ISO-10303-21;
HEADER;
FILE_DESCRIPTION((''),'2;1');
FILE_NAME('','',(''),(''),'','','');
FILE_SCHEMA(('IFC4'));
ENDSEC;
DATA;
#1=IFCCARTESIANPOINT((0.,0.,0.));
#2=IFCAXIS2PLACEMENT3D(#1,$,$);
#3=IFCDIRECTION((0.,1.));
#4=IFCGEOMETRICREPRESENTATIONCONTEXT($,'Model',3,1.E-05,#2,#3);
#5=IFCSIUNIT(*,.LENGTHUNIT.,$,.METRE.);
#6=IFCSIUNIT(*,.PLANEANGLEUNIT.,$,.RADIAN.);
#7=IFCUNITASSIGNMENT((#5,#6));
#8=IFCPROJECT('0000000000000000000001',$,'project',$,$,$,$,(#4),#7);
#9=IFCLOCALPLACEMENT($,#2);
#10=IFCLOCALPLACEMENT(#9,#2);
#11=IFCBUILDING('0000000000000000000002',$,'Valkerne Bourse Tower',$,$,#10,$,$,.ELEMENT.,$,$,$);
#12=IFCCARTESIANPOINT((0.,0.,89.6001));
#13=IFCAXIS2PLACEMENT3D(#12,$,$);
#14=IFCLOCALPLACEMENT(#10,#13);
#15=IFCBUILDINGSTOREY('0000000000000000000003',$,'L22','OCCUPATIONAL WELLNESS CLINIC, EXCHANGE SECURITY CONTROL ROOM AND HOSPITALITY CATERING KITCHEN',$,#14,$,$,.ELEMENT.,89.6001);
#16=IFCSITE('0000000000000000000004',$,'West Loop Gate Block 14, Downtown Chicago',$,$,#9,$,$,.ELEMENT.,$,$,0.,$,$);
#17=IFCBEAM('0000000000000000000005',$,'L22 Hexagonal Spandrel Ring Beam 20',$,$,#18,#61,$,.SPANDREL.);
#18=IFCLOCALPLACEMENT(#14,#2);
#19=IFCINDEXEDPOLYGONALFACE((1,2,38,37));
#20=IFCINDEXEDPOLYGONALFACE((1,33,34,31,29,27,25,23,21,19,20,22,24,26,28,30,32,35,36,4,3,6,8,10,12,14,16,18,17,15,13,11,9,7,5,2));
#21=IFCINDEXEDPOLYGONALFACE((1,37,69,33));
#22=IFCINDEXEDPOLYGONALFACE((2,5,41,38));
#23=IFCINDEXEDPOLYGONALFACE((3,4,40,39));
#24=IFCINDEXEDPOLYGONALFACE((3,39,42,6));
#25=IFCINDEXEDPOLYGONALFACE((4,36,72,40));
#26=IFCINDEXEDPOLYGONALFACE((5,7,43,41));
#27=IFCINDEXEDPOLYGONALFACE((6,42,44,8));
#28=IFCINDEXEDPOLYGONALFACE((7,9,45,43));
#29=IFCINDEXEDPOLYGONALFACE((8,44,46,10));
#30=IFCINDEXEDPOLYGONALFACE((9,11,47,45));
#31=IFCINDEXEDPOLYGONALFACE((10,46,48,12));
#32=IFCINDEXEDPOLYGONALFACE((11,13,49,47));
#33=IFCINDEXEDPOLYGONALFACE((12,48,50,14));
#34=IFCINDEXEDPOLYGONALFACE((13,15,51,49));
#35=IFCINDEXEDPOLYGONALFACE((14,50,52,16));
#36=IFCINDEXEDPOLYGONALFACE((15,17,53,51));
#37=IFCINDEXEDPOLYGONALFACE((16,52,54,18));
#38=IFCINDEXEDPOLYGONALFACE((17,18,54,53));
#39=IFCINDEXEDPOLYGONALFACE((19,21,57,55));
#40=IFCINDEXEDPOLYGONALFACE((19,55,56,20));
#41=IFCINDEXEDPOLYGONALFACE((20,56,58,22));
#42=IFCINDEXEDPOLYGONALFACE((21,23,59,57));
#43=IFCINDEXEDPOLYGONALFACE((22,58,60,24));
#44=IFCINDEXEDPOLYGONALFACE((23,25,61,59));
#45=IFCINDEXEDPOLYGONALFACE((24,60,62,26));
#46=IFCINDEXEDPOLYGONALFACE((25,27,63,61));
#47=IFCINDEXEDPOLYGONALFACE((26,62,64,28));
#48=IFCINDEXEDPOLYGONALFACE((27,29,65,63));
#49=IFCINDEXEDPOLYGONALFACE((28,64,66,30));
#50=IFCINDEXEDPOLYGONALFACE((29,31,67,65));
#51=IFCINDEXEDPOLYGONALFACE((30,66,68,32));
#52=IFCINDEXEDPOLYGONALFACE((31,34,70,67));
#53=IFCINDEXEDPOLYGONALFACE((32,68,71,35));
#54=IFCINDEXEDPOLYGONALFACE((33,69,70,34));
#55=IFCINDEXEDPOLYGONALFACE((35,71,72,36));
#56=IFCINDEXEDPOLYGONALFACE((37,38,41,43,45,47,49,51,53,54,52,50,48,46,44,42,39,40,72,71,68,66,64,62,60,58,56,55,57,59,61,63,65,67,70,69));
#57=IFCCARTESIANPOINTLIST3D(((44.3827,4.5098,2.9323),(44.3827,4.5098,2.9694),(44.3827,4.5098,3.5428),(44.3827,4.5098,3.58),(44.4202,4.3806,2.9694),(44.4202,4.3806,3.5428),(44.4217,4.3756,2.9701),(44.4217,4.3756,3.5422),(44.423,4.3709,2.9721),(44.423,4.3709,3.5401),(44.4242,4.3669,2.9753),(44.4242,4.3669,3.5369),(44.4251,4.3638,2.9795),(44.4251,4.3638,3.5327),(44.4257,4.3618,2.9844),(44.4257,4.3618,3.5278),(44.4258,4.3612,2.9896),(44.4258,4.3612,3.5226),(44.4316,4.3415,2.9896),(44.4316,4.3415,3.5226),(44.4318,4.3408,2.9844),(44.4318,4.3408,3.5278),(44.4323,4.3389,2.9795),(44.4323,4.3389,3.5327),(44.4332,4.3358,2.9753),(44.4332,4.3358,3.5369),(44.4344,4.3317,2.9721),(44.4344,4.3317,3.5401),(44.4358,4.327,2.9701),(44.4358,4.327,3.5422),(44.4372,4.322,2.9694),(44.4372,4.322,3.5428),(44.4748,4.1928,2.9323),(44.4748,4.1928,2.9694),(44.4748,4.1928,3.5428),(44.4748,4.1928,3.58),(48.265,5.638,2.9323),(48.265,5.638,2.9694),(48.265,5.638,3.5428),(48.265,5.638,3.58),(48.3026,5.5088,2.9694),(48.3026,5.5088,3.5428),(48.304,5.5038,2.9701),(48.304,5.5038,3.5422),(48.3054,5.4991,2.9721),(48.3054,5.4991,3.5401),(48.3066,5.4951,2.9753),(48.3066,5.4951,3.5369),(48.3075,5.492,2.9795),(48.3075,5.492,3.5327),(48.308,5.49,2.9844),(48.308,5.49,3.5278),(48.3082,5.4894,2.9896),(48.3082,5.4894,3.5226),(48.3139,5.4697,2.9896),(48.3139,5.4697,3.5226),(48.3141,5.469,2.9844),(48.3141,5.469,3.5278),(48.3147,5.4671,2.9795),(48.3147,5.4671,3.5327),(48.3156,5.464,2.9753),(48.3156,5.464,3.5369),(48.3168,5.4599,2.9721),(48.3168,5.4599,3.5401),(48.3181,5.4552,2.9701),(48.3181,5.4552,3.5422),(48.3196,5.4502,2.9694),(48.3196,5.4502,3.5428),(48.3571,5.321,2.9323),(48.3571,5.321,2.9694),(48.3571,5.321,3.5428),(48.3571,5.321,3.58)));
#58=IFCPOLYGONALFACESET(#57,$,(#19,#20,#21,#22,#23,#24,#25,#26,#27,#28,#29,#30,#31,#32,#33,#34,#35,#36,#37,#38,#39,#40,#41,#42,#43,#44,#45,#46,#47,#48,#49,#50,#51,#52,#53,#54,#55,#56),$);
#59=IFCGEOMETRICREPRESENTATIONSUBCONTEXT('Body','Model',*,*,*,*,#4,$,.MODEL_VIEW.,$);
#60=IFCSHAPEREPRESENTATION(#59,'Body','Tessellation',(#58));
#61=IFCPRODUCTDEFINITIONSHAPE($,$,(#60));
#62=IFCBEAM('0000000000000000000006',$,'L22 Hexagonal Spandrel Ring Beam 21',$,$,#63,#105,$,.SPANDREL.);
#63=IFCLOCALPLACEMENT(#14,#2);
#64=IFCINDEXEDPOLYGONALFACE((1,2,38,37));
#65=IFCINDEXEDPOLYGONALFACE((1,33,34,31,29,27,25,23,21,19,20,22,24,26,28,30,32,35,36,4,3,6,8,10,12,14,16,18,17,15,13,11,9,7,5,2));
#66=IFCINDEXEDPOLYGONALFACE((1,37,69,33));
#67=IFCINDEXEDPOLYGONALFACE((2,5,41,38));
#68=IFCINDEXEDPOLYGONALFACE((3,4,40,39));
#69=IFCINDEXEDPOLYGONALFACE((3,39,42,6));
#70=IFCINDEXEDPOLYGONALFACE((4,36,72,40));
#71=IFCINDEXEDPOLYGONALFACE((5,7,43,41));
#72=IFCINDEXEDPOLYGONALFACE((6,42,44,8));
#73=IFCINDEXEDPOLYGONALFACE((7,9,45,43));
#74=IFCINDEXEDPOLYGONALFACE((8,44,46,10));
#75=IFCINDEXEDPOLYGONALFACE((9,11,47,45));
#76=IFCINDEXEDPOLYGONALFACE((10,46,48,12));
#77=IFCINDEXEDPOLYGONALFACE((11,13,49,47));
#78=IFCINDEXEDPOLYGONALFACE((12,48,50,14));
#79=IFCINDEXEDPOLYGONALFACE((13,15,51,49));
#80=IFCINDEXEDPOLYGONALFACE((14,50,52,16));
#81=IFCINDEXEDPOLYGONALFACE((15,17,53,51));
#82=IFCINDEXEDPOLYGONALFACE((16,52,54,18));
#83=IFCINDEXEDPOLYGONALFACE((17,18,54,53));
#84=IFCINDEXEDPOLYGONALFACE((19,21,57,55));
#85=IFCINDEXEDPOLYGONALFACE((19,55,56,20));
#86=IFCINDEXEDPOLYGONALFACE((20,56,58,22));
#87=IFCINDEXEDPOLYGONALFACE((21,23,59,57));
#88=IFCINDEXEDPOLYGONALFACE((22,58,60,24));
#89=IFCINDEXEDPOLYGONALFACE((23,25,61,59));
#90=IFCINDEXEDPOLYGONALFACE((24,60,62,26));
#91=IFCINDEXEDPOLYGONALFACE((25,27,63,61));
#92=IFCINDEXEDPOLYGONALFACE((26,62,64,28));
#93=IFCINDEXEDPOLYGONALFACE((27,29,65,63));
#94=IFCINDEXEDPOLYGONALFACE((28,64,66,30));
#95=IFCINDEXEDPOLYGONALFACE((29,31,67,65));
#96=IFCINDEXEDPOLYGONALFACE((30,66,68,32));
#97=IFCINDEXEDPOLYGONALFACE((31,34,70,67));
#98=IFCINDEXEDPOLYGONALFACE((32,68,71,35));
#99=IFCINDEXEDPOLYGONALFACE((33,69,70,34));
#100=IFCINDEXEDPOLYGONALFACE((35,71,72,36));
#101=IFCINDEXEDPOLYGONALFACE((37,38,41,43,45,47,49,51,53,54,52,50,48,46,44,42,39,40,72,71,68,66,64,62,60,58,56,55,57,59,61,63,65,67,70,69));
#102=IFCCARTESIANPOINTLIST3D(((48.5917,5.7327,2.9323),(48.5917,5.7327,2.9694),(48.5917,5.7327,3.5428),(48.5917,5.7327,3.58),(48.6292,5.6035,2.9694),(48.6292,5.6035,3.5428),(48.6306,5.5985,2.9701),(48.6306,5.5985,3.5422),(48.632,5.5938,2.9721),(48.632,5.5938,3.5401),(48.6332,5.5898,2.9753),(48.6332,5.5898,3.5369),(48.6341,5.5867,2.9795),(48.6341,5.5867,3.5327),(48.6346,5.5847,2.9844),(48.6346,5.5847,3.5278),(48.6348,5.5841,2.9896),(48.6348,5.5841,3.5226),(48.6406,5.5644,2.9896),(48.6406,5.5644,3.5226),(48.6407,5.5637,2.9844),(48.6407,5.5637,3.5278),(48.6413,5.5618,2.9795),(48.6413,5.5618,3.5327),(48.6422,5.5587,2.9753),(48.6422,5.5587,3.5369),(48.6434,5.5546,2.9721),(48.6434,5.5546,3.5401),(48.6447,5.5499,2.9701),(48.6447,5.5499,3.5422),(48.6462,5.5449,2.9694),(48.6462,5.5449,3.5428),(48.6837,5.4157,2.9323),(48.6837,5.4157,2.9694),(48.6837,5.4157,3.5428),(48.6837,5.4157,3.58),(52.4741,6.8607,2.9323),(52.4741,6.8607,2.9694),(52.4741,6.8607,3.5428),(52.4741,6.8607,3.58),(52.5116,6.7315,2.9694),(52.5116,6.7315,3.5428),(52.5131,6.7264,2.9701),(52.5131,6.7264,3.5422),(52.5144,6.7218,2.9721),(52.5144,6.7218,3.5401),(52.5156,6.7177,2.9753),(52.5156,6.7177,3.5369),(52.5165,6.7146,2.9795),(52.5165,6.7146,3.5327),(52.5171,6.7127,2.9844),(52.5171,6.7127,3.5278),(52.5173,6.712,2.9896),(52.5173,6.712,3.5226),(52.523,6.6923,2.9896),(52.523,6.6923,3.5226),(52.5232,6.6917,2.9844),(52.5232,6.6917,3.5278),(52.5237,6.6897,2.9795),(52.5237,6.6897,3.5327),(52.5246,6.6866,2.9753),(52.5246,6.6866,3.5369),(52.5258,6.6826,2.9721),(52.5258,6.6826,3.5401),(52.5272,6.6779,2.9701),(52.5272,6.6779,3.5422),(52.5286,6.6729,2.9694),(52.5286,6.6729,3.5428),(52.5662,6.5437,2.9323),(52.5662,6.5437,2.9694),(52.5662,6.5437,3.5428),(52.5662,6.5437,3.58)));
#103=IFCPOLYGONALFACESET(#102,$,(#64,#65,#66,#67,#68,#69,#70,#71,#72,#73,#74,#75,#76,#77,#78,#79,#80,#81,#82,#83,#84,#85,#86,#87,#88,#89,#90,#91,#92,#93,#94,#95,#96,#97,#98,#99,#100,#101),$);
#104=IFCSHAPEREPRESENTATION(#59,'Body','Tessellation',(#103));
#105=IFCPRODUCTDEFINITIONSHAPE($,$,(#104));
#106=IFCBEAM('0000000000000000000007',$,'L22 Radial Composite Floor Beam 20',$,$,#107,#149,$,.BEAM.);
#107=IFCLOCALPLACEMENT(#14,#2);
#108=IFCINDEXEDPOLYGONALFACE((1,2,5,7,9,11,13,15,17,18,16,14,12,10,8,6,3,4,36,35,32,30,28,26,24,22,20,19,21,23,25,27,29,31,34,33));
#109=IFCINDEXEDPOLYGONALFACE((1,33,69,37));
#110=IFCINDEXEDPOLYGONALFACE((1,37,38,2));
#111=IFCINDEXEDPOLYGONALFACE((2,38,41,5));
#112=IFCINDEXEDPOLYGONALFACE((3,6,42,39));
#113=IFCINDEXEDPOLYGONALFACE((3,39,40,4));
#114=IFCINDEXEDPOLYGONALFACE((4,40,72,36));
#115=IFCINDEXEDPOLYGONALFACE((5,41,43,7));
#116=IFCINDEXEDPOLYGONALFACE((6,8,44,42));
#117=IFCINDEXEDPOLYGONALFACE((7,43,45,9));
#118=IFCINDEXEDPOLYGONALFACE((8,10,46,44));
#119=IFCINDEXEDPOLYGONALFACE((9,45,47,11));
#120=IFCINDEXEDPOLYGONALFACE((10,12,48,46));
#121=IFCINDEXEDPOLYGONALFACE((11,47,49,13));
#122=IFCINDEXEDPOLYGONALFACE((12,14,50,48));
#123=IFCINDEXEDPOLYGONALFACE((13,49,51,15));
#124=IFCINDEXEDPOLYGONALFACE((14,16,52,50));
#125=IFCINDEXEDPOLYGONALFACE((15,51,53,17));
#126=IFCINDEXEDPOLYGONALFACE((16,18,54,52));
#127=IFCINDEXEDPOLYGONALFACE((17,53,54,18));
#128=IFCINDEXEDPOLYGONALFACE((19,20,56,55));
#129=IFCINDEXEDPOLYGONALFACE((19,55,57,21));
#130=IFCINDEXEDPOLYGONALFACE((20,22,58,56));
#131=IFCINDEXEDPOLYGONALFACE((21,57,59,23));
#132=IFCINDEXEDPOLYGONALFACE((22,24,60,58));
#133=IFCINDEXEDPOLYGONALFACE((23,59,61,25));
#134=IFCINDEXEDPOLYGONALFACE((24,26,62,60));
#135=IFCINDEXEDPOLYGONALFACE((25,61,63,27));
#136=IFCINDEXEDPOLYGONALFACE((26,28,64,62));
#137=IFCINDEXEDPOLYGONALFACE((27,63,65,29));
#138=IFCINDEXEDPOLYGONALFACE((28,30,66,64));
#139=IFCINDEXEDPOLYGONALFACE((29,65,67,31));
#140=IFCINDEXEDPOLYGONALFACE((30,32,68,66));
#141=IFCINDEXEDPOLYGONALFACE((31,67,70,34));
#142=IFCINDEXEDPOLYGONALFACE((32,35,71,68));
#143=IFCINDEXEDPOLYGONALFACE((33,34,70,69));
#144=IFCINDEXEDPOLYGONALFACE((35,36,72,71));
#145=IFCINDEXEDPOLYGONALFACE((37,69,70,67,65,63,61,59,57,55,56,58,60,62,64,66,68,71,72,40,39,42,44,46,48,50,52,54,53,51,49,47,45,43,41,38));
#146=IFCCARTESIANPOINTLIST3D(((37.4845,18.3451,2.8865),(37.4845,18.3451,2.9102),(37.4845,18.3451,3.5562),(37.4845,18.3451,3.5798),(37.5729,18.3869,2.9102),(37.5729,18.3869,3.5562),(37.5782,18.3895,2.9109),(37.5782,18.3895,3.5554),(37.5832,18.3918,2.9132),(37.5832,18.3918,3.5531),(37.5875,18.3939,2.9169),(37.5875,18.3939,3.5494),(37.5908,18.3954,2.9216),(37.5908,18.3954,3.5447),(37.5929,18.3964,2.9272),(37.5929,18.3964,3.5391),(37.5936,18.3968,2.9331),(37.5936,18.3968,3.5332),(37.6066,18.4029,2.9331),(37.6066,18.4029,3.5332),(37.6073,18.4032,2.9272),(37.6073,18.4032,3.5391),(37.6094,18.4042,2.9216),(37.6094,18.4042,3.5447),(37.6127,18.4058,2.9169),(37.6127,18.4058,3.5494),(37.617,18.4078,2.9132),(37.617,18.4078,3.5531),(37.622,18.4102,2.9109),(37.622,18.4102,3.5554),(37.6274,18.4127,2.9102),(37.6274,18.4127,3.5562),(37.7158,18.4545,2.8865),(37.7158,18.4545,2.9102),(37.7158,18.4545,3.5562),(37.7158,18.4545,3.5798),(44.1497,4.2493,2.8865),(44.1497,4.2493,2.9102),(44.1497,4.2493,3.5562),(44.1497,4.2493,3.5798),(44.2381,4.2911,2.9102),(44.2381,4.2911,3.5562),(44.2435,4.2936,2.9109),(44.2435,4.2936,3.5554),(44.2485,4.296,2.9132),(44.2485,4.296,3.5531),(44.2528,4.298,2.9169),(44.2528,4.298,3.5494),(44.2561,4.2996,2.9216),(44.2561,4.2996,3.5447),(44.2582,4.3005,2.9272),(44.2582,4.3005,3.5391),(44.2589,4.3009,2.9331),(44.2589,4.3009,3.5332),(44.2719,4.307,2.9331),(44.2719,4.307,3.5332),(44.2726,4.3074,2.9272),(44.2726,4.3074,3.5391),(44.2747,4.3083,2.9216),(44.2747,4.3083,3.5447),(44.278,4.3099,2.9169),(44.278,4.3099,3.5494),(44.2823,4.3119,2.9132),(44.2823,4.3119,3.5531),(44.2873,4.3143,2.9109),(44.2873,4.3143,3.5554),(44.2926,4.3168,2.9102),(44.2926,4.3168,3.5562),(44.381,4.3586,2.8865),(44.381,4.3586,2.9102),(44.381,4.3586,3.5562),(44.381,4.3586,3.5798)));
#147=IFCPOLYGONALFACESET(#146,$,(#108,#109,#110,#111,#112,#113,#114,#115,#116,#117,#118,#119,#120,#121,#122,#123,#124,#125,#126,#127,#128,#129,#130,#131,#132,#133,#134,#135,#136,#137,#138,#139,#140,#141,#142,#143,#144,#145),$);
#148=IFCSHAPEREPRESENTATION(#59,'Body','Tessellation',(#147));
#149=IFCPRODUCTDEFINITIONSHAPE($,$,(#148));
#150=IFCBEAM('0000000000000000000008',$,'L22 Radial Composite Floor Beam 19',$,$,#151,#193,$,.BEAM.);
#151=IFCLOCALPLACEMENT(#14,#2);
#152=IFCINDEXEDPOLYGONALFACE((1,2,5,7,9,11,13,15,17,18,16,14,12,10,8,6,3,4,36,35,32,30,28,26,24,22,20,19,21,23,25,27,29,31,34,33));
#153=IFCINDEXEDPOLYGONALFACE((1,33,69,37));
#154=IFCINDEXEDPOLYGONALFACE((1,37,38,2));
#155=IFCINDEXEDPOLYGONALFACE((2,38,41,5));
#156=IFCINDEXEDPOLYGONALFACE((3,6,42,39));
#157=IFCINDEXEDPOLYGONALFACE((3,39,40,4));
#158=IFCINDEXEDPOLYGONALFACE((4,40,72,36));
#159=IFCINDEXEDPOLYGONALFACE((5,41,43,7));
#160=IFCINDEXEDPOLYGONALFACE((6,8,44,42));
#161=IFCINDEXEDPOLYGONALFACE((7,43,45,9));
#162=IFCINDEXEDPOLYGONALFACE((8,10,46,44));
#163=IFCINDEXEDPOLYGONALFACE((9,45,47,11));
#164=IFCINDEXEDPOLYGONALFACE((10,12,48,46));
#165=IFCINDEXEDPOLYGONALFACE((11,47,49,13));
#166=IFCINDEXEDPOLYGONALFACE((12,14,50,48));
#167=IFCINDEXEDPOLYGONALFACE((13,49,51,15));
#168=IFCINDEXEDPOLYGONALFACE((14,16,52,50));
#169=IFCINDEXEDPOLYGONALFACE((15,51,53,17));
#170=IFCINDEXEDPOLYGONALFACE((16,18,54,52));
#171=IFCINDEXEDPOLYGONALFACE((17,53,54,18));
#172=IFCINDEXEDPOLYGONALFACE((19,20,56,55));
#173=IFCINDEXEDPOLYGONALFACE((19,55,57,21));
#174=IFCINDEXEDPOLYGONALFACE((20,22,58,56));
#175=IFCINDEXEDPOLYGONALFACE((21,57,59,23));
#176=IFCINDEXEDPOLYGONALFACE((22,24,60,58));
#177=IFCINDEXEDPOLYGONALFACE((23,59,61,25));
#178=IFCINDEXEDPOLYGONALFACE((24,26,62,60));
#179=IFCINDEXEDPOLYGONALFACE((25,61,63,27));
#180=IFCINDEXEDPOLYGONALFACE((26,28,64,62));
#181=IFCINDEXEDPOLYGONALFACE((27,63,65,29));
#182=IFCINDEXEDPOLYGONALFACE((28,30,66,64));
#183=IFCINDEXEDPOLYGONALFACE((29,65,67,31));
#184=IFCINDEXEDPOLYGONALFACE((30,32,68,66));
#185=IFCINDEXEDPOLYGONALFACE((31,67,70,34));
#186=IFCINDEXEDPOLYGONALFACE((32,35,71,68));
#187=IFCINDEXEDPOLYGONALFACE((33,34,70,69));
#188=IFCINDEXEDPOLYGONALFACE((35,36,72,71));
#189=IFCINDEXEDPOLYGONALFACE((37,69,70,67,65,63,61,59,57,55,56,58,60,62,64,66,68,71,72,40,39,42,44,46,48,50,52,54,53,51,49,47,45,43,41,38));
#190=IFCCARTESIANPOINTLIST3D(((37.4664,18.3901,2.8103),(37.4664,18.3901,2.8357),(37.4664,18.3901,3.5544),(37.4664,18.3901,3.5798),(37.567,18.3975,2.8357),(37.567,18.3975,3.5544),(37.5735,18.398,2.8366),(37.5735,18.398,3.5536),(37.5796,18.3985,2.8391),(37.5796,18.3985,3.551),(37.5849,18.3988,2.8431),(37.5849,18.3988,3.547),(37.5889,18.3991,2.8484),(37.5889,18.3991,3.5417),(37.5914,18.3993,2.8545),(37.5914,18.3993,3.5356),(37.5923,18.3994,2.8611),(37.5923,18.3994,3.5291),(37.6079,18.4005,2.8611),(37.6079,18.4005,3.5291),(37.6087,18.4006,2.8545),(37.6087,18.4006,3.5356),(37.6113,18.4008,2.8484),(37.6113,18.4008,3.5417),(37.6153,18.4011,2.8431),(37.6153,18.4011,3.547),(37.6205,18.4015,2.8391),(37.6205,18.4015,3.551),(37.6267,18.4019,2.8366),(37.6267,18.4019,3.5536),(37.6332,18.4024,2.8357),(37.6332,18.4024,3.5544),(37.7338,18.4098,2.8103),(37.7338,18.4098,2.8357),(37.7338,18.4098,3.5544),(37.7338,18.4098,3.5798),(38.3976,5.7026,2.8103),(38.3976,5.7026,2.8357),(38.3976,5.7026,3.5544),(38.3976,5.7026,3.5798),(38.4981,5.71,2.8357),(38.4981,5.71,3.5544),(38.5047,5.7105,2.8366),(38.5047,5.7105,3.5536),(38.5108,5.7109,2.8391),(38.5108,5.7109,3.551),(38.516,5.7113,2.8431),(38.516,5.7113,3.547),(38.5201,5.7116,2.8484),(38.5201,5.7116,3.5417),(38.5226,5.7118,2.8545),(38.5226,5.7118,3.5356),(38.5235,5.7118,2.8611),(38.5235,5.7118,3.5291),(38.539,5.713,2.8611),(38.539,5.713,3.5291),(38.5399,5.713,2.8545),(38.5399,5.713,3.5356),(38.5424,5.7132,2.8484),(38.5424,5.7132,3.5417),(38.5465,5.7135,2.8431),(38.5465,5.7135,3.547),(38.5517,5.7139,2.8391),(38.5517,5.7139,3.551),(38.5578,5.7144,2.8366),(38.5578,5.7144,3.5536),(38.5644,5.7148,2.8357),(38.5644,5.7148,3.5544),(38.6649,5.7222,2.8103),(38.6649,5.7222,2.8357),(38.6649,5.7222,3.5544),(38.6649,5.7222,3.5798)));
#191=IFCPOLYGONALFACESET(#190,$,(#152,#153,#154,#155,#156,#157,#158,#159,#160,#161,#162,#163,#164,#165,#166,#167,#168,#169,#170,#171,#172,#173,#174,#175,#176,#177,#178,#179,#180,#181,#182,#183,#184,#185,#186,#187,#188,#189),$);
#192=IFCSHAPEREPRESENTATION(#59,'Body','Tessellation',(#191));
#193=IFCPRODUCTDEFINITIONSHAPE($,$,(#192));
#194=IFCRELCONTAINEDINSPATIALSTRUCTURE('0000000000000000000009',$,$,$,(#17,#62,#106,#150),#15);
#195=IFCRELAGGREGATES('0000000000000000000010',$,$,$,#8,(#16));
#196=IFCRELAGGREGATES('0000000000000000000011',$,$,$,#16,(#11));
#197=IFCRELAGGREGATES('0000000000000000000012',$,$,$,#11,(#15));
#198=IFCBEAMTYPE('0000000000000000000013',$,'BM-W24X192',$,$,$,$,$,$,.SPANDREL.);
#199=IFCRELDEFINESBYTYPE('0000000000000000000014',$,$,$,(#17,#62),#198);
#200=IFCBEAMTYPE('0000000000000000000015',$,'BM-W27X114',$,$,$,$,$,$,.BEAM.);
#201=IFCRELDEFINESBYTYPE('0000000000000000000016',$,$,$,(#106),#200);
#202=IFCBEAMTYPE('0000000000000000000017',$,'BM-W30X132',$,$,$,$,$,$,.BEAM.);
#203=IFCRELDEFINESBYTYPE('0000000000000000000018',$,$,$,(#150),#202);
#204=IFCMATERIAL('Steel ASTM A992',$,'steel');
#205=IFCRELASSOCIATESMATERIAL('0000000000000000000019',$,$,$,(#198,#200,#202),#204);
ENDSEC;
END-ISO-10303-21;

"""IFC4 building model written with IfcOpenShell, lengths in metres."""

from ifc_helpers import new_model, si_unit, direction, frame, origin, origin_2d, place, context, subcontext, project, spatial, i_section, extrude, material, material_profile, profile_set, type_object, element, save


model = new_model("IFC4")

# Units and contexts
model_context = context("Model", 3, precision=1e-05, world=origin(), true_north=direction((0.0, 1.0)))
body_context = subcontext(model_context, "Body", "Model", "MODEL_VIEW")
ifc_project = project(units=[si_unit("LENGTHUNIT", "METRE"), si_unit("PLANEANGLEUNIT", "RADIAN")], contexts=[model_context])

# Site, building, storey
site_placement = place(None, origin())
site = spatial("IfcSite", under=ifc_project, at=site_placement, Name="West Loop Gate Block 14, Downtown Chicago", CompositionType="ELEMENT", RefElevation=0.0)
building_placement = place(site_placement, origin())
building = spatial("IfcBuilding", under=site, at=building_placement, Name="Valkerne Bourse Tower", CompositionType="ELEMENT")
storey_placement = place(building_placement, frame((0.0, 0.0, 89.6001)))
storey = spatial("IfcBuildingStorey", under=building, at=storey_placement, Name="L22", Description="OCCUPATIONAL WELLNESS CLINIC, EXCHANGE SECURITY CONTROL ROOM AND HOSPITALITY CATERING KITCHEN", CompositionType="ELEMENT", Elevation=89.6001)

# Beams
ifc_material_1 = material(Name="Steel ASTM A992", Category="steel")
ifc_material_profile_1 = material_profile(ifc_material_1, i_section(OverallWidth=0.3301, OverallDepth=0.6477, WebThickness=0.0205, FlangeThickness=0.0371, FilletRadius=0.0203, at=origin_2d()), Name="W24X192")
ifc_profile_set_1 = profile_set([ifc_material_profile_1], Name="Steel ASTM A992")
beam_type_1 = type_object("IfcBeamType", Name="BM-W24X192", PredefinedType="SPANDREL", material=ifc_profile_set_1)
for number, where, z_axis, x_axis, name in (
    (1, (44.4287, 4.3513, 3.2561), (0.960277, 0.279049, 0.0), (-0.279049, 0.960277, 0.0), "L22 Hexagonal Spandrel Ring Beam 20"),
    (2, (48.6377, 5.5742, 3.2561), (0.960293, 0.278993, 0.0), (-0.278993, 0.960293, 0.0), "L22 Hexagonal Spandrel Ring Beam 21"),
):
    element("IfcBeam", number, at=place(storey_placement, frame(where, z_axis=z_axis, x_axis=x_axis)), inside=storey, type_object=beam_type_1, Name=name, PredefinedType="SPANDREL", context=body_context, shape_type="SweptSolid", body=[
        extrude(i_section(OverallWidth=0.3301, OverallDepth=0.6477, WebThickness=0.0205, FlangeThickness=0.0371, FilletRadius=0.0203, at=origin_2d()), origin(), (0.0, 0.0, 1.0), 4.043),
    ])
ifc_material_profile_2 = material_profile(ifc_material_1, i_section(OverallWidth=0.2559, OverallDepth=0.6934, WebThickness=0.0144, FlangeThickness=0.0237, FilletRadius=0.0229, at=origin_2d()), Name="W27X114")
ifc_profile_set_2 = profile_set([ifc_material_profile_2], Name="Steel ASTM A992")
beam_type_2 = type_object("IfcBeamType", Name="BM-W27X114", PredefinedType="BEAM", material=ifc_profile_set_2)
beam_1_placement = place(storey_placement, frame((44.2654, 4.304, 3.2332), z_axis=(-0.427471, 0.904029, 0.0), x_axis=(-0.904029, -0.427471, 0.0)))
element("IfcBeam", 3, at=beam_1_placement, inside=storey, type_object=beam_type_2, Name="L22 Radial Composite Floor Beam 20", PredefinedType="BEAM", context=body_context, shape_type="SweptSolid", body=[
    extrude(i_section(OverallWidth=0.2559, OverallDepth=0.6934, WebThickness=0.0144, FlangeThickness=0.0237, FilletRadius=0.0229, at=origin_2d()), origin(), (0.0, 0.0, 1.0), 15.5923),
])
ifc_material_profile_3 = material_profile(ifc_material_1, i_section(OverallWidth=0.2681, OverallDepth=0.7695, WebThickness=0.0156, FlangeThickness=0.0254, FilletRadius=0.0254, at=origin_2d()), Name="W30X132")
ifc_profile_set_3 = profile_set([ifc_material_profile_3], Name="Steel ASTM A992")
beam_type_3 = type_object("IfcBeamType", Name="BM-W30X132", PredefinedType="BEAM", material=ifc_profile_set_3)
beam_2_placement = place(storey_placement, frame((38.5312, 5.7124, 3.1951), z_axis=(-0.073194, 0.997318, 0.0), x_axis=(-0.997318, -0.073194, 0.0)))
element("IfcBeam", 4, at=beam_2_placement, inside=storey, type_object=beam_type_3, Name="L22 Radial Composite Floor Beam 19", PredefinedType="BEAM", context=body_context, shape_type="SweptSolid", body=[
    extrude(i_section(OverallWidth=0.2681, OverallDepth=0.7695, WebThickness=0.0156, FlangeThickness=0.0254, FilletRadius=0.0254, at=origin_2d()), origin(), (0.0, 0.0, 1.0), 12.7217),
])

save(model, "model.ifc")
